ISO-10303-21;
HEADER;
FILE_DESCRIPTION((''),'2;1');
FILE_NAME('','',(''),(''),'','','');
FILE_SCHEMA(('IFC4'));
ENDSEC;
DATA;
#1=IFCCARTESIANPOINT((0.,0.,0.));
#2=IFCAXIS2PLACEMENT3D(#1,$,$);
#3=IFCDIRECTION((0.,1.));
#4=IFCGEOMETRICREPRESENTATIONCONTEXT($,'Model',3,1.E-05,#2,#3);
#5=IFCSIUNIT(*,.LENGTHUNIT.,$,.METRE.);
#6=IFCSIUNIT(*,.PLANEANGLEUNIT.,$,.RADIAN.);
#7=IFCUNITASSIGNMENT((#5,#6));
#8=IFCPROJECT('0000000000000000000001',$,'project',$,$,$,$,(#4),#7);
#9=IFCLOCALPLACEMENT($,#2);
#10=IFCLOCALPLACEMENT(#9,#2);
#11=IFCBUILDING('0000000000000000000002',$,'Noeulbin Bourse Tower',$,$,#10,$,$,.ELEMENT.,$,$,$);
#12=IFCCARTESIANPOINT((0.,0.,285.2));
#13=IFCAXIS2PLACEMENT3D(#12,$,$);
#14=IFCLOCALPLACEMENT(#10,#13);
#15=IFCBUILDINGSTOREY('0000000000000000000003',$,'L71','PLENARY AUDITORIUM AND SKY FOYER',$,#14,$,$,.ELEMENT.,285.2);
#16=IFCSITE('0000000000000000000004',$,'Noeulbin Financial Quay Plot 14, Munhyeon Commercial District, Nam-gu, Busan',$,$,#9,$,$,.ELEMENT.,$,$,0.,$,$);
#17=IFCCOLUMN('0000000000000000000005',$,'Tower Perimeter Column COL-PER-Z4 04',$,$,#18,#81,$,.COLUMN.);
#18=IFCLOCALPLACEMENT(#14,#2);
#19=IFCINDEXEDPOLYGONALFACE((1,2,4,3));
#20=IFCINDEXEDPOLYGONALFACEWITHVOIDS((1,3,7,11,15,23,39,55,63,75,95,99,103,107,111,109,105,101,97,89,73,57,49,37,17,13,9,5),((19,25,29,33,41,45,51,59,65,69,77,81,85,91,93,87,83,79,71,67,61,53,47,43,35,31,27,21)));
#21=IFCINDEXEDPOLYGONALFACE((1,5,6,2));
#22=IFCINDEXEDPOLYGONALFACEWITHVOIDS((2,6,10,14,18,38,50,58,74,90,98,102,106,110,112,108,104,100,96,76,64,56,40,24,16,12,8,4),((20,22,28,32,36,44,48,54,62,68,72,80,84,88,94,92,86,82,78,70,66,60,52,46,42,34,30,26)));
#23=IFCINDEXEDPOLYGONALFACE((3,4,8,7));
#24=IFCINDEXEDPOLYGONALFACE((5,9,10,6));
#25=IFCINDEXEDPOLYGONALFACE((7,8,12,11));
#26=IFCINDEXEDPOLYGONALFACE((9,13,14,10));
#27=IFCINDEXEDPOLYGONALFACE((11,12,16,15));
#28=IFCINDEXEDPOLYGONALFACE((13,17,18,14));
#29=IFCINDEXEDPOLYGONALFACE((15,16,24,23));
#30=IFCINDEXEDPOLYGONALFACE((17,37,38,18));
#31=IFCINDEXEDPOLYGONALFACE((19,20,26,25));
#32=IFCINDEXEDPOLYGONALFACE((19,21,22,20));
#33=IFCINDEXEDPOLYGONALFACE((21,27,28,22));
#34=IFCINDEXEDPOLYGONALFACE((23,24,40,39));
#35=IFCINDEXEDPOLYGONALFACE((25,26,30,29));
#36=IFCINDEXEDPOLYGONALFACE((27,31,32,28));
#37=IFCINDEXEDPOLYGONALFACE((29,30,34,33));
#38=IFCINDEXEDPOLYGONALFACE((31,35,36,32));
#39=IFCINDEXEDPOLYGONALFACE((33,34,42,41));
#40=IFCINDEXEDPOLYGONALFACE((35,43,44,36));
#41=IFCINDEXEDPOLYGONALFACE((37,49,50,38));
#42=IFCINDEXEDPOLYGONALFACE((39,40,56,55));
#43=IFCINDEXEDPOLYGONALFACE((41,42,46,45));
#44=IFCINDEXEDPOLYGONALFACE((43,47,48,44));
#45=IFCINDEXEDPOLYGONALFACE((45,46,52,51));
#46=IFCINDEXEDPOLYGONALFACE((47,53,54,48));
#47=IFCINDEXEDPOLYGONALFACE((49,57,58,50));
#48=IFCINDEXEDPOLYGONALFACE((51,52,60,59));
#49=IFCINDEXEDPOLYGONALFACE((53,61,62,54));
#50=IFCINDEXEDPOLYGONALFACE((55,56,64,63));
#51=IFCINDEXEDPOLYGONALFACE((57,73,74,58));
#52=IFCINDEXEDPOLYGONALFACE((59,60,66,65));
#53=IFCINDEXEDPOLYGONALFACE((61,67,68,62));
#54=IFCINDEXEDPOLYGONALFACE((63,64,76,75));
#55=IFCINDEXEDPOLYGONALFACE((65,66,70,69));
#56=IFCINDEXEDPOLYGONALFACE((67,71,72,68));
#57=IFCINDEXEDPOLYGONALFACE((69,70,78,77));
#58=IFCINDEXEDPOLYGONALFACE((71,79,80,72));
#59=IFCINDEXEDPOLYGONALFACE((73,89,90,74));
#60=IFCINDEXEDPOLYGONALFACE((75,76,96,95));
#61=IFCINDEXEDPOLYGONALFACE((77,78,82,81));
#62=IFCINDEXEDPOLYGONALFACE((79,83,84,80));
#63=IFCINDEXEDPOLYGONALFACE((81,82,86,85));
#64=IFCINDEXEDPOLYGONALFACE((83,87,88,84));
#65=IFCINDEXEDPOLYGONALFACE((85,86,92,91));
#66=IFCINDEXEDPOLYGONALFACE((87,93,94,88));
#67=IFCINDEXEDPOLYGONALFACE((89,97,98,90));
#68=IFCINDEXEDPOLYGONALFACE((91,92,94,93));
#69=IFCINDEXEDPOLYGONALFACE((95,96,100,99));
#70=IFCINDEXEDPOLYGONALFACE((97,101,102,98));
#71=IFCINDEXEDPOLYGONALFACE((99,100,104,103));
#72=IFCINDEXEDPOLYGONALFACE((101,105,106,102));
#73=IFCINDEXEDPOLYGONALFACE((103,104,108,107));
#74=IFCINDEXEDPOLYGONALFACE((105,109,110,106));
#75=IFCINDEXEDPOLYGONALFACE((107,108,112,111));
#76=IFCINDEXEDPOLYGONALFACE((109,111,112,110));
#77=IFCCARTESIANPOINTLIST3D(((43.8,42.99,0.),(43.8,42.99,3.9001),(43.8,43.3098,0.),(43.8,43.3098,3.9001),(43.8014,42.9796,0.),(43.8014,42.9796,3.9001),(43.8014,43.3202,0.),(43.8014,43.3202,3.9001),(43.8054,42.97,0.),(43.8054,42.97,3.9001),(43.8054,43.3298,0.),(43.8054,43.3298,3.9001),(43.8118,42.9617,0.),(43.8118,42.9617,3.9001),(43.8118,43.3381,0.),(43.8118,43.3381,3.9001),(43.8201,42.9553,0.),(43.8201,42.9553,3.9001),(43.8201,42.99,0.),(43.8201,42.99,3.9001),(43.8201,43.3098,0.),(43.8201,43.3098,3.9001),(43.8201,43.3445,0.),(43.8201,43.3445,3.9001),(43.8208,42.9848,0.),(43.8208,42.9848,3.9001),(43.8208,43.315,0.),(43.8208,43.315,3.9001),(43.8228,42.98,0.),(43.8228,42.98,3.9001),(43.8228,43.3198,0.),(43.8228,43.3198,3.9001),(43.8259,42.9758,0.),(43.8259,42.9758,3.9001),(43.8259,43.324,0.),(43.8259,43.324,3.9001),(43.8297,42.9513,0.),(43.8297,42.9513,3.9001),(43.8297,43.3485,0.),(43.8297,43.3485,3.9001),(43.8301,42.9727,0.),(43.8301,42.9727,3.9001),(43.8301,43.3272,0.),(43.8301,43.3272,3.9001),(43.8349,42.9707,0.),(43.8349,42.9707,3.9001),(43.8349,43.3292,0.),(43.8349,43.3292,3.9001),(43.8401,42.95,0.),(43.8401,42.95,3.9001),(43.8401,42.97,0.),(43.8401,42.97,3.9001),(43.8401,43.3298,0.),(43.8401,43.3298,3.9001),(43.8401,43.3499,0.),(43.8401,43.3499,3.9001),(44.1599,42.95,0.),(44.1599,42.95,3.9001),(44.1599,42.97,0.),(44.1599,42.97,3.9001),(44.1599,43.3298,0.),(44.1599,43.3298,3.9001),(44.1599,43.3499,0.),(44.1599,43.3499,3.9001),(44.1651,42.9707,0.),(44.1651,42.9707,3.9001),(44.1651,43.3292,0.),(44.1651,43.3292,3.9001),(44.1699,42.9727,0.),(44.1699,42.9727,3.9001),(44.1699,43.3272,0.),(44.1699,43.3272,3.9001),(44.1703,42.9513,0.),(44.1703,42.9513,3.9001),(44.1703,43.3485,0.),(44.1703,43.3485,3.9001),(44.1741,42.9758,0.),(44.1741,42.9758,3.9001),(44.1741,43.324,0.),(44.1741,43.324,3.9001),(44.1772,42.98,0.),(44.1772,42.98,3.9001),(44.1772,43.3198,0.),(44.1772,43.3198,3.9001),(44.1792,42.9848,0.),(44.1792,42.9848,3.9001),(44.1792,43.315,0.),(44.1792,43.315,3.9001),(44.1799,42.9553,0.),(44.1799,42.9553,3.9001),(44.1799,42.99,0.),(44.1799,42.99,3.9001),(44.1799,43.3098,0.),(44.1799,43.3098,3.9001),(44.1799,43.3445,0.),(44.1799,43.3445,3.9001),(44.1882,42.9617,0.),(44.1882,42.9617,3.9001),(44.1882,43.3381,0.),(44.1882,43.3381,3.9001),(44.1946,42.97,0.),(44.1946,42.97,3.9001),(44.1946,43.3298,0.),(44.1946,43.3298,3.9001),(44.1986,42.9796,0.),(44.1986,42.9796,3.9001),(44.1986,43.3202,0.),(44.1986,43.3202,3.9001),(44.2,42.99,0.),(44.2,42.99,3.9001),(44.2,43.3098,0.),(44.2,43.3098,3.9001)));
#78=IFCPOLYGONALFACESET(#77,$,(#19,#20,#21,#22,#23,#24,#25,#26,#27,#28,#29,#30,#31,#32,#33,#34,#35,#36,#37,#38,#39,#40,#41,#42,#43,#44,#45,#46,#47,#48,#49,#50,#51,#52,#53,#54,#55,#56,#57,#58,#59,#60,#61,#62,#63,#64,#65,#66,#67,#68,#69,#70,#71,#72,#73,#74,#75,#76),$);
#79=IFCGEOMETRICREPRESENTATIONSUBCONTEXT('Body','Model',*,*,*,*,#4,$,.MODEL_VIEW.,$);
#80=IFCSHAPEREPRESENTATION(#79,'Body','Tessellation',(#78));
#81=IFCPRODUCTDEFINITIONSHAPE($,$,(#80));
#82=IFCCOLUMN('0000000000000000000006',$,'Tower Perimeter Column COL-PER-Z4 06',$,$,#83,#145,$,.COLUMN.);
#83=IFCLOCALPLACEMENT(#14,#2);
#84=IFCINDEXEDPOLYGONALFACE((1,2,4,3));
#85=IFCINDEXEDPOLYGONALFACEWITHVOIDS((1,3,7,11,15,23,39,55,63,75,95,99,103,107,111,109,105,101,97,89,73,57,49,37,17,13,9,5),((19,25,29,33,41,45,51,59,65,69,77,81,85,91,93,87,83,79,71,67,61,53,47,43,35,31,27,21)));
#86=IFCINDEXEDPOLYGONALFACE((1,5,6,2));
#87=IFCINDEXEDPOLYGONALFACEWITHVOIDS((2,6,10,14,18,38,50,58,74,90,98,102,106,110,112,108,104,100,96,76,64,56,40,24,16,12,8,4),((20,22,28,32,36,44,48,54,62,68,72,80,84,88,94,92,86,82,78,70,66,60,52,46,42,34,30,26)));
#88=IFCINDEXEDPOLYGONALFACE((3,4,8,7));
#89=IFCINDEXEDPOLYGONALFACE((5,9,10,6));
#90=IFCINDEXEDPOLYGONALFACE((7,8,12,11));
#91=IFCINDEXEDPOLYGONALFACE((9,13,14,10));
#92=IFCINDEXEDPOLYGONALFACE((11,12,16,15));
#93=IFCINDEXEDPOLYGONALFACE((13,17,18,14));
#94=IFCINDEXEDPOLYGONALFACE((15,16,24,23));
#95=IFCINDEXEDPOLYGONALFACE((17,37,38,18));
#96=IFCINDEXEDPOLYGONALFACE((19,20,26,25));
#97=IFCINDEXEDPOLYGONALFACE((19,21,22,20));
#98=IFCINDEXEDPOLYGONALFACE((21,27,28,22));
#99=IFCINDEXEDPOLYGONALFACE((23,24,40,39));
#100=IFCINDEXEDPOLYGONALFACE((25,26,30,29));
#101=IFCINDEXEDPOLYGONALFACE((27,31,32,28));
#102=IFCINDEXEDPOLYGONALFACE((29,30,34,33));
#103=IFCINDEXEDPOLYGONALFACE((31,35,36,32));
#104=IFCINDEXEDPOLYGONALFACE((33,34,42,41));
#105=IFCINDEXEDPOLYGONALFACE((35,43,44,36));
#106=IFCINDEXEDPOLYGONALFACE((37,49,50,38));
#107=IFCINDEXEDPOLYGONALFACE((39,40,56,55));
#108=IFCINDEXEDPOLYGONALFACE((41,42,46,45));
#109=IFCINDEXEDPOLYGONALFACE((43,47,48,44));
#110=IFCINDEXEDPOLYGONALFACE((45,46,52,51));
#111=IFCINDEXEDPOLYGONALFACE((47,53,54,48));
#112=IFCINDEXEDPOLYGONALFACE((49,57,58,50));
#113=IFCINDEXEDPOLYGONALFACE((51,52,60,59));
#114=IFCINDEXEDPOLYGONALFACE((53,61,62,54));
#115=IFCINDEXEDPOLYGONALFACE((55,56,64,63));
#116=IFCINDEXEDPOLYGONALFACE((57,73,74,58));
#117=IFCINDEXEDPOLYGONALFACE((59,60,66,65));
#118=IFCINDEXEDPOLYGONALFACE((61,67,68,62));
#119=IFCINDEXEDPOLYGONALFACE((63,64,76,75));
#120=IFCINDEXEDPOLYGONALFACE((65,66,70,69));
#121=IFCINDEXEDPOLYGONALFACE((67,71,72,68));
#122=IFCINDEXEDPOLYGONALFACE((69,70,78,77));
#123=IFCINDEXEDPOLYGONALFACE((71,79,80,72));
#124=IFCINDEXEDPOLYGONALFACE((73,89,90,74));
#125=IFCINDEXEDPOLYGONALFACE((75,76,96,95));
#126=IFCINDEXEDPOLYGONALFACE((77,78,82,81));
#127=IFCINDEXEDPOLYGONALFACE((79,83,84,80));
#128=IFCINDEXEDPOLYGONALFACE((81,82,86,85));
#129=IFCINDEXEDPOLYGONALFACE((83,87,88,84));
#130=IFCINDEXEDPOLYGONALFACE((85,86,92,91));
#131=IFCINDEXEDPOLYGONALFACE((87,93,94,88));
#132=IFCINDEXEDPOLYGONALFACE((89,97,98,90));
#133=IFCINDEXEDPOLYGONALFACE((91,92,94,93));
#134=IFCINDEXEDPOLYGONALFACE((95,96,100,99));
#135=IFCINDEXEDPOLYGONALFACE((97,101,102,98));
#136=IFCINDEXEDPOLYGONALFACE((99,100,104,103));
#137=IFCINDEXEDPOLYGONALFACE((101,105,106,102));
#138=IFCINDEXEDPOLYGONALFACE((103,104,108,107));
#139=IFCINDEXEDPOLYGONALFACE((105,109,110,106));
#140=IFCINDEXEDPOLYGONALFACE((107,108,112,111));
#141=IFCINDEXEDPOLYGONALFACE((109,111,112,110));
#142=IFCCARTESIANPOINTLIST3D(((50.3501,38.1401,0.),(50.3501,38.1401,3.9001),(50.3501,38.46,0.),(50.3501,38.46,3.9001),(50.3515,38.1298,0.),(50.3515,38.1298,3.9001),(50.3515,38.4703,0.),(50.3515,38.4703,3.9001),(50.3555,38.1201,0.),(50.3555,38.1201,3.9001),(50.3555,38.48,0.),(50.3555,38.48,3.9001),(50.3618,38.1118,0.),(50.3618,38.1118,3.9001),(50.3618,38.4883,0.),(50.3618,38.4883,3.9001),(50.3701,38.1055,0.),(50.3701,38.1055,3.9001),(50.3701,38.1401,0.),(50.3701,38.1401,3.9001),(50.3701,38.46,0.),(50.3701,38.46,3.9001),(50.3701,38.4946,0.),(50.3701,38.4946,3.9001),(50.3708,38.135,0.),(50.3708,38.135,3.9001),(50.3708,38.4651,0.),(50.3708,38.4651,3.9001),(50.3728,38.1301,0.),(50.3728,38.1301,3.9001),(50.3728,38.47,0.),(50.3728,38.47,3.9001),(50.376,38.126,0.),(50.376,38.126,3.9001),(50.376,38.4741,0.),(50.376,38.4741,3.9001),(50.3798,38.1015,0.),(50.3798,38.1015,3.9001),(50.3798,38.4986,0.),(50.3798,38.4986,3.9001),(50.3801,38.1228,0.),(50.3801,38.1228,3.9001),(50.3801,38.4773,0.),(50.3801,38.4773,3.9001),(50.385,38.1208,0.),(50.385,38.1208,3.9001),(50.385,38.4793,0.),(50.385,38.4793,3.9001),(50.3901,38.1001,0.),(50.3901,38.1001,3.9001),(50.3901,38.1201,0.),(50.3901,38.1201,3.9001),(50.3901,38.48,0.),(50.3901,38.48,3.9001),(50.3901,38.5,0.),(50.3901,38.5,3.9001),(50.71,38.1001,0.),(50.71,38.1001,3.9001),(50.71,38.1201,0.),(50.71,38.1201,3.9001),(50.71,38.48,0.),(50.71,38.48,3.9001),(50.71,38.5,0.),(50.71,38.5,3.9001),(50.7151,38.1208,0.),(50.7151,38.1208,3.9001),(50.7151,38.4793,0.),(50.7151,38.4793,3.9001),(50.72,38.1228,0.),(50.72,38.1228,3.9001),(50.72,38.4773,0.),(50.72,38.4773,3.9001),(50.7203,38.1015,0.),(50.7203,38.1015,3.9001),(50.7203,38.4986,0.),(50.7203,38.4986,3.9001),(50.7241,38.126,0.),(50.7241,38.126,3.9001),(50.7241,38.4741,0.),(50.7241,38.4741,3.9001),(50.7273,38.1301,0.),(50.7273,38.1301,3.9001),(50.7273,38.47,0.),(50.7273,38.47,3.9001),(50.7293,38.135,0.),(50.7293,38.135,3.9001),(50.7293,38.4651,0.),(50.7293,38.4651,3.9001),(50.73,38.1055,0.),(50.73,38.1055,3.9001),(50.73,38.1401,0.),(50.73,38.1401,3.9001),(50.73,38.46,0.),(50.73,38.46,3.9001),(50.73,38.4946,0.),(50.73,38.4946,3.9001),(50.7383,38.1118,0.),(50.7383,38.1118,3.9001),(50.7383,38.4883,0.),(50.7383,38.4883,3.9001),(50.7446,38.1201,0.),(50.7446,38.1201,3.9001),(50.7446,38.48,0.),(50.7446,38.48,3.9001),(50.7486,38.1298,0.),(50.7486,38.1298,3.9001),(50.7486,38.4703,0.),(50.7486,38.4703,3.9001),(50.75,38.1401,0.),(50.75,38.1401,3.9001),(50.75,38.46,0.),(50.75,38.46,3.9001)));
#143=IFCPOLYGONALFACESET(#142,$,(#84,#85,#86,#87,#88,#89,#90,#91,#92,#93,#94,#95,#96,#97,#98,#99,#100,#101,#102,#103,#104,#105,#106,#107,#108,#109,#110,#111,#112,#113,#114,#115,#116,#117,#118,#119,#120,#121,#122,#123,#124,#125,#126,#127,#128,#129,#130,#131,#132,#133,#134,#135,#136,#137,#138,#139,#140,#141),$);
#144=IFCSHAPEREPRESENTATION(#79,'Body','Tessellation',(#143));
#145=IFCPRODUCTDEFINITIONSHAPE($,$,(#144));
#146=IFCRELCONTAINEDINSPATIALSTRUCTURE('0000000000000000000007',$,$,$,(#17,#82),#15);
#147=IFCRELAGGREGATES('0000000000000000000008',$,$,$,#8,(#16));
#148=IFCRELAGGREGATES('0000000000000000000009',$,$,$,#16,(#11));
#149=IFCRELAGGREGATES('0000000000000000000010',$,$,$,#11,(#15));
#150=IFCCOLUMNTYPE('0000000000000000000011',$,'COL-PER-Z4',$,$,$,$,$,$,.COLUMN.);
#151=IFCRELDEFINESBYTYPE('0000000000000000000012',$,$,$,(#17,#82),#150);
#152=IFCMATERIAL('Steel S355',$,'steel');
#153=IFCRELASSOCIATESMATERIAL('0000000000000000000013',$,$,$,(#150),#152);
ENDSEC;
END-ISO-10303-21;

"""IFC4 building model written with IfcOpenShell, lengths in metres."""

from ifc_helpers import new_model, si_unit, direction, frame, origin, origin_2d, place, context, subcontext, project, spatial, hollow_rectangle, extrude, material, material_profile, profile_set, type_object, element, save


model = new_model("IFC4")

# Units and contexts
model_context = context("Model", 3, precision=1e-05, world=origin(), true_north=direction((0.0, 1.0)))
body_context = subcontext(model_context, "Body", "Model", "MODEL_VIEW")
ifc_project = project(units=[si_unit("LENGTHUNIT", "METRE"), si_unit("PLANEANGLEUNIT", "RADIAN")], contexts=[model_context])

# Site, building, storey
site_placement = place(None, origin())
site = spatial("IfcSite", under=ifc_project, at=site_placement, Name="Noeulbin Financial Quay Plot 14, Munhyeon Commercial District, Nam-gu, Busan", CompositionType="ELEMENT", RefElevation=0.0)
building_placement = place(site_placement, origin())
building = spatial("IfcBuilding", under=site, at=building_placement, Name="Noeulbin Bourse Tower", CompositionType="ELEMENT")
storey_placement = place(building_placement, frame((0.0, 0.0, 285.2)))
storey = spatial("IfcBuildingStorey", under=building, at=storey_placement, Name="L71", Description="PLENARY AUDITORIUM AND SKY FOYER", CompositionType="ELEMENT", Elevation=285.2)

# Columns
ifc_material_1 = material(Name="Steel S355", Category="steel")
ifc_material_profile_1 = material_profile(ifc_material_1, hollow_rectangle(XDim=0.3999, YDim=0.3999, WallThickness=0.02, InnerFilletRadius=0.02, OuterFilletRadius=0.04, at=origin_2d()), Name="SHS-400x400x20", Category="LoadBearing")
ifc_profile_set_1 = profile_set([ifc_material_profile_1], Name="Steel S355")
column_type_1 = type_object("IfcColumnType", Name="COL-PER-Z4", PredefinedType="COLUMN", material=ifc_profile_set_1)
for number, where, z_axis, x_axis, name in (
    (1, (44.0, 43.1499, 0.0), (0.0, 0.0, 1.0), (1.0, 0.0, 0.0), "Tower Perimeter Column COL-PER-Z4 04"),
    (2, (50.55, 38.3, 0.0), (0.0, 0.0, 1.0), (1.0, 0.0, 0.0), "Tower Perimeter Column COL-PER-Z4 06"),
):
    element("IfcColumn", number, at=place(storey_placement, frame(where, z_axis=z_axis, x_axis=x_axis)), inside=storey, type_object=column_type_1, Name=name, PredefinedType="COLUMN", context=body_context, shape_type="SweptSolid", body=[
        extrude(hollow_rectangle(XDim=0.3999, YDim=0.3999, WallThickness=0.02, InnerFilletRadius=0.02, OuterFilletRadius=0.04, at=origin_2d()), origin(), (0.0, 0.0, 1.0), 3.9001),
    ])

save(model, "model.ifc")
